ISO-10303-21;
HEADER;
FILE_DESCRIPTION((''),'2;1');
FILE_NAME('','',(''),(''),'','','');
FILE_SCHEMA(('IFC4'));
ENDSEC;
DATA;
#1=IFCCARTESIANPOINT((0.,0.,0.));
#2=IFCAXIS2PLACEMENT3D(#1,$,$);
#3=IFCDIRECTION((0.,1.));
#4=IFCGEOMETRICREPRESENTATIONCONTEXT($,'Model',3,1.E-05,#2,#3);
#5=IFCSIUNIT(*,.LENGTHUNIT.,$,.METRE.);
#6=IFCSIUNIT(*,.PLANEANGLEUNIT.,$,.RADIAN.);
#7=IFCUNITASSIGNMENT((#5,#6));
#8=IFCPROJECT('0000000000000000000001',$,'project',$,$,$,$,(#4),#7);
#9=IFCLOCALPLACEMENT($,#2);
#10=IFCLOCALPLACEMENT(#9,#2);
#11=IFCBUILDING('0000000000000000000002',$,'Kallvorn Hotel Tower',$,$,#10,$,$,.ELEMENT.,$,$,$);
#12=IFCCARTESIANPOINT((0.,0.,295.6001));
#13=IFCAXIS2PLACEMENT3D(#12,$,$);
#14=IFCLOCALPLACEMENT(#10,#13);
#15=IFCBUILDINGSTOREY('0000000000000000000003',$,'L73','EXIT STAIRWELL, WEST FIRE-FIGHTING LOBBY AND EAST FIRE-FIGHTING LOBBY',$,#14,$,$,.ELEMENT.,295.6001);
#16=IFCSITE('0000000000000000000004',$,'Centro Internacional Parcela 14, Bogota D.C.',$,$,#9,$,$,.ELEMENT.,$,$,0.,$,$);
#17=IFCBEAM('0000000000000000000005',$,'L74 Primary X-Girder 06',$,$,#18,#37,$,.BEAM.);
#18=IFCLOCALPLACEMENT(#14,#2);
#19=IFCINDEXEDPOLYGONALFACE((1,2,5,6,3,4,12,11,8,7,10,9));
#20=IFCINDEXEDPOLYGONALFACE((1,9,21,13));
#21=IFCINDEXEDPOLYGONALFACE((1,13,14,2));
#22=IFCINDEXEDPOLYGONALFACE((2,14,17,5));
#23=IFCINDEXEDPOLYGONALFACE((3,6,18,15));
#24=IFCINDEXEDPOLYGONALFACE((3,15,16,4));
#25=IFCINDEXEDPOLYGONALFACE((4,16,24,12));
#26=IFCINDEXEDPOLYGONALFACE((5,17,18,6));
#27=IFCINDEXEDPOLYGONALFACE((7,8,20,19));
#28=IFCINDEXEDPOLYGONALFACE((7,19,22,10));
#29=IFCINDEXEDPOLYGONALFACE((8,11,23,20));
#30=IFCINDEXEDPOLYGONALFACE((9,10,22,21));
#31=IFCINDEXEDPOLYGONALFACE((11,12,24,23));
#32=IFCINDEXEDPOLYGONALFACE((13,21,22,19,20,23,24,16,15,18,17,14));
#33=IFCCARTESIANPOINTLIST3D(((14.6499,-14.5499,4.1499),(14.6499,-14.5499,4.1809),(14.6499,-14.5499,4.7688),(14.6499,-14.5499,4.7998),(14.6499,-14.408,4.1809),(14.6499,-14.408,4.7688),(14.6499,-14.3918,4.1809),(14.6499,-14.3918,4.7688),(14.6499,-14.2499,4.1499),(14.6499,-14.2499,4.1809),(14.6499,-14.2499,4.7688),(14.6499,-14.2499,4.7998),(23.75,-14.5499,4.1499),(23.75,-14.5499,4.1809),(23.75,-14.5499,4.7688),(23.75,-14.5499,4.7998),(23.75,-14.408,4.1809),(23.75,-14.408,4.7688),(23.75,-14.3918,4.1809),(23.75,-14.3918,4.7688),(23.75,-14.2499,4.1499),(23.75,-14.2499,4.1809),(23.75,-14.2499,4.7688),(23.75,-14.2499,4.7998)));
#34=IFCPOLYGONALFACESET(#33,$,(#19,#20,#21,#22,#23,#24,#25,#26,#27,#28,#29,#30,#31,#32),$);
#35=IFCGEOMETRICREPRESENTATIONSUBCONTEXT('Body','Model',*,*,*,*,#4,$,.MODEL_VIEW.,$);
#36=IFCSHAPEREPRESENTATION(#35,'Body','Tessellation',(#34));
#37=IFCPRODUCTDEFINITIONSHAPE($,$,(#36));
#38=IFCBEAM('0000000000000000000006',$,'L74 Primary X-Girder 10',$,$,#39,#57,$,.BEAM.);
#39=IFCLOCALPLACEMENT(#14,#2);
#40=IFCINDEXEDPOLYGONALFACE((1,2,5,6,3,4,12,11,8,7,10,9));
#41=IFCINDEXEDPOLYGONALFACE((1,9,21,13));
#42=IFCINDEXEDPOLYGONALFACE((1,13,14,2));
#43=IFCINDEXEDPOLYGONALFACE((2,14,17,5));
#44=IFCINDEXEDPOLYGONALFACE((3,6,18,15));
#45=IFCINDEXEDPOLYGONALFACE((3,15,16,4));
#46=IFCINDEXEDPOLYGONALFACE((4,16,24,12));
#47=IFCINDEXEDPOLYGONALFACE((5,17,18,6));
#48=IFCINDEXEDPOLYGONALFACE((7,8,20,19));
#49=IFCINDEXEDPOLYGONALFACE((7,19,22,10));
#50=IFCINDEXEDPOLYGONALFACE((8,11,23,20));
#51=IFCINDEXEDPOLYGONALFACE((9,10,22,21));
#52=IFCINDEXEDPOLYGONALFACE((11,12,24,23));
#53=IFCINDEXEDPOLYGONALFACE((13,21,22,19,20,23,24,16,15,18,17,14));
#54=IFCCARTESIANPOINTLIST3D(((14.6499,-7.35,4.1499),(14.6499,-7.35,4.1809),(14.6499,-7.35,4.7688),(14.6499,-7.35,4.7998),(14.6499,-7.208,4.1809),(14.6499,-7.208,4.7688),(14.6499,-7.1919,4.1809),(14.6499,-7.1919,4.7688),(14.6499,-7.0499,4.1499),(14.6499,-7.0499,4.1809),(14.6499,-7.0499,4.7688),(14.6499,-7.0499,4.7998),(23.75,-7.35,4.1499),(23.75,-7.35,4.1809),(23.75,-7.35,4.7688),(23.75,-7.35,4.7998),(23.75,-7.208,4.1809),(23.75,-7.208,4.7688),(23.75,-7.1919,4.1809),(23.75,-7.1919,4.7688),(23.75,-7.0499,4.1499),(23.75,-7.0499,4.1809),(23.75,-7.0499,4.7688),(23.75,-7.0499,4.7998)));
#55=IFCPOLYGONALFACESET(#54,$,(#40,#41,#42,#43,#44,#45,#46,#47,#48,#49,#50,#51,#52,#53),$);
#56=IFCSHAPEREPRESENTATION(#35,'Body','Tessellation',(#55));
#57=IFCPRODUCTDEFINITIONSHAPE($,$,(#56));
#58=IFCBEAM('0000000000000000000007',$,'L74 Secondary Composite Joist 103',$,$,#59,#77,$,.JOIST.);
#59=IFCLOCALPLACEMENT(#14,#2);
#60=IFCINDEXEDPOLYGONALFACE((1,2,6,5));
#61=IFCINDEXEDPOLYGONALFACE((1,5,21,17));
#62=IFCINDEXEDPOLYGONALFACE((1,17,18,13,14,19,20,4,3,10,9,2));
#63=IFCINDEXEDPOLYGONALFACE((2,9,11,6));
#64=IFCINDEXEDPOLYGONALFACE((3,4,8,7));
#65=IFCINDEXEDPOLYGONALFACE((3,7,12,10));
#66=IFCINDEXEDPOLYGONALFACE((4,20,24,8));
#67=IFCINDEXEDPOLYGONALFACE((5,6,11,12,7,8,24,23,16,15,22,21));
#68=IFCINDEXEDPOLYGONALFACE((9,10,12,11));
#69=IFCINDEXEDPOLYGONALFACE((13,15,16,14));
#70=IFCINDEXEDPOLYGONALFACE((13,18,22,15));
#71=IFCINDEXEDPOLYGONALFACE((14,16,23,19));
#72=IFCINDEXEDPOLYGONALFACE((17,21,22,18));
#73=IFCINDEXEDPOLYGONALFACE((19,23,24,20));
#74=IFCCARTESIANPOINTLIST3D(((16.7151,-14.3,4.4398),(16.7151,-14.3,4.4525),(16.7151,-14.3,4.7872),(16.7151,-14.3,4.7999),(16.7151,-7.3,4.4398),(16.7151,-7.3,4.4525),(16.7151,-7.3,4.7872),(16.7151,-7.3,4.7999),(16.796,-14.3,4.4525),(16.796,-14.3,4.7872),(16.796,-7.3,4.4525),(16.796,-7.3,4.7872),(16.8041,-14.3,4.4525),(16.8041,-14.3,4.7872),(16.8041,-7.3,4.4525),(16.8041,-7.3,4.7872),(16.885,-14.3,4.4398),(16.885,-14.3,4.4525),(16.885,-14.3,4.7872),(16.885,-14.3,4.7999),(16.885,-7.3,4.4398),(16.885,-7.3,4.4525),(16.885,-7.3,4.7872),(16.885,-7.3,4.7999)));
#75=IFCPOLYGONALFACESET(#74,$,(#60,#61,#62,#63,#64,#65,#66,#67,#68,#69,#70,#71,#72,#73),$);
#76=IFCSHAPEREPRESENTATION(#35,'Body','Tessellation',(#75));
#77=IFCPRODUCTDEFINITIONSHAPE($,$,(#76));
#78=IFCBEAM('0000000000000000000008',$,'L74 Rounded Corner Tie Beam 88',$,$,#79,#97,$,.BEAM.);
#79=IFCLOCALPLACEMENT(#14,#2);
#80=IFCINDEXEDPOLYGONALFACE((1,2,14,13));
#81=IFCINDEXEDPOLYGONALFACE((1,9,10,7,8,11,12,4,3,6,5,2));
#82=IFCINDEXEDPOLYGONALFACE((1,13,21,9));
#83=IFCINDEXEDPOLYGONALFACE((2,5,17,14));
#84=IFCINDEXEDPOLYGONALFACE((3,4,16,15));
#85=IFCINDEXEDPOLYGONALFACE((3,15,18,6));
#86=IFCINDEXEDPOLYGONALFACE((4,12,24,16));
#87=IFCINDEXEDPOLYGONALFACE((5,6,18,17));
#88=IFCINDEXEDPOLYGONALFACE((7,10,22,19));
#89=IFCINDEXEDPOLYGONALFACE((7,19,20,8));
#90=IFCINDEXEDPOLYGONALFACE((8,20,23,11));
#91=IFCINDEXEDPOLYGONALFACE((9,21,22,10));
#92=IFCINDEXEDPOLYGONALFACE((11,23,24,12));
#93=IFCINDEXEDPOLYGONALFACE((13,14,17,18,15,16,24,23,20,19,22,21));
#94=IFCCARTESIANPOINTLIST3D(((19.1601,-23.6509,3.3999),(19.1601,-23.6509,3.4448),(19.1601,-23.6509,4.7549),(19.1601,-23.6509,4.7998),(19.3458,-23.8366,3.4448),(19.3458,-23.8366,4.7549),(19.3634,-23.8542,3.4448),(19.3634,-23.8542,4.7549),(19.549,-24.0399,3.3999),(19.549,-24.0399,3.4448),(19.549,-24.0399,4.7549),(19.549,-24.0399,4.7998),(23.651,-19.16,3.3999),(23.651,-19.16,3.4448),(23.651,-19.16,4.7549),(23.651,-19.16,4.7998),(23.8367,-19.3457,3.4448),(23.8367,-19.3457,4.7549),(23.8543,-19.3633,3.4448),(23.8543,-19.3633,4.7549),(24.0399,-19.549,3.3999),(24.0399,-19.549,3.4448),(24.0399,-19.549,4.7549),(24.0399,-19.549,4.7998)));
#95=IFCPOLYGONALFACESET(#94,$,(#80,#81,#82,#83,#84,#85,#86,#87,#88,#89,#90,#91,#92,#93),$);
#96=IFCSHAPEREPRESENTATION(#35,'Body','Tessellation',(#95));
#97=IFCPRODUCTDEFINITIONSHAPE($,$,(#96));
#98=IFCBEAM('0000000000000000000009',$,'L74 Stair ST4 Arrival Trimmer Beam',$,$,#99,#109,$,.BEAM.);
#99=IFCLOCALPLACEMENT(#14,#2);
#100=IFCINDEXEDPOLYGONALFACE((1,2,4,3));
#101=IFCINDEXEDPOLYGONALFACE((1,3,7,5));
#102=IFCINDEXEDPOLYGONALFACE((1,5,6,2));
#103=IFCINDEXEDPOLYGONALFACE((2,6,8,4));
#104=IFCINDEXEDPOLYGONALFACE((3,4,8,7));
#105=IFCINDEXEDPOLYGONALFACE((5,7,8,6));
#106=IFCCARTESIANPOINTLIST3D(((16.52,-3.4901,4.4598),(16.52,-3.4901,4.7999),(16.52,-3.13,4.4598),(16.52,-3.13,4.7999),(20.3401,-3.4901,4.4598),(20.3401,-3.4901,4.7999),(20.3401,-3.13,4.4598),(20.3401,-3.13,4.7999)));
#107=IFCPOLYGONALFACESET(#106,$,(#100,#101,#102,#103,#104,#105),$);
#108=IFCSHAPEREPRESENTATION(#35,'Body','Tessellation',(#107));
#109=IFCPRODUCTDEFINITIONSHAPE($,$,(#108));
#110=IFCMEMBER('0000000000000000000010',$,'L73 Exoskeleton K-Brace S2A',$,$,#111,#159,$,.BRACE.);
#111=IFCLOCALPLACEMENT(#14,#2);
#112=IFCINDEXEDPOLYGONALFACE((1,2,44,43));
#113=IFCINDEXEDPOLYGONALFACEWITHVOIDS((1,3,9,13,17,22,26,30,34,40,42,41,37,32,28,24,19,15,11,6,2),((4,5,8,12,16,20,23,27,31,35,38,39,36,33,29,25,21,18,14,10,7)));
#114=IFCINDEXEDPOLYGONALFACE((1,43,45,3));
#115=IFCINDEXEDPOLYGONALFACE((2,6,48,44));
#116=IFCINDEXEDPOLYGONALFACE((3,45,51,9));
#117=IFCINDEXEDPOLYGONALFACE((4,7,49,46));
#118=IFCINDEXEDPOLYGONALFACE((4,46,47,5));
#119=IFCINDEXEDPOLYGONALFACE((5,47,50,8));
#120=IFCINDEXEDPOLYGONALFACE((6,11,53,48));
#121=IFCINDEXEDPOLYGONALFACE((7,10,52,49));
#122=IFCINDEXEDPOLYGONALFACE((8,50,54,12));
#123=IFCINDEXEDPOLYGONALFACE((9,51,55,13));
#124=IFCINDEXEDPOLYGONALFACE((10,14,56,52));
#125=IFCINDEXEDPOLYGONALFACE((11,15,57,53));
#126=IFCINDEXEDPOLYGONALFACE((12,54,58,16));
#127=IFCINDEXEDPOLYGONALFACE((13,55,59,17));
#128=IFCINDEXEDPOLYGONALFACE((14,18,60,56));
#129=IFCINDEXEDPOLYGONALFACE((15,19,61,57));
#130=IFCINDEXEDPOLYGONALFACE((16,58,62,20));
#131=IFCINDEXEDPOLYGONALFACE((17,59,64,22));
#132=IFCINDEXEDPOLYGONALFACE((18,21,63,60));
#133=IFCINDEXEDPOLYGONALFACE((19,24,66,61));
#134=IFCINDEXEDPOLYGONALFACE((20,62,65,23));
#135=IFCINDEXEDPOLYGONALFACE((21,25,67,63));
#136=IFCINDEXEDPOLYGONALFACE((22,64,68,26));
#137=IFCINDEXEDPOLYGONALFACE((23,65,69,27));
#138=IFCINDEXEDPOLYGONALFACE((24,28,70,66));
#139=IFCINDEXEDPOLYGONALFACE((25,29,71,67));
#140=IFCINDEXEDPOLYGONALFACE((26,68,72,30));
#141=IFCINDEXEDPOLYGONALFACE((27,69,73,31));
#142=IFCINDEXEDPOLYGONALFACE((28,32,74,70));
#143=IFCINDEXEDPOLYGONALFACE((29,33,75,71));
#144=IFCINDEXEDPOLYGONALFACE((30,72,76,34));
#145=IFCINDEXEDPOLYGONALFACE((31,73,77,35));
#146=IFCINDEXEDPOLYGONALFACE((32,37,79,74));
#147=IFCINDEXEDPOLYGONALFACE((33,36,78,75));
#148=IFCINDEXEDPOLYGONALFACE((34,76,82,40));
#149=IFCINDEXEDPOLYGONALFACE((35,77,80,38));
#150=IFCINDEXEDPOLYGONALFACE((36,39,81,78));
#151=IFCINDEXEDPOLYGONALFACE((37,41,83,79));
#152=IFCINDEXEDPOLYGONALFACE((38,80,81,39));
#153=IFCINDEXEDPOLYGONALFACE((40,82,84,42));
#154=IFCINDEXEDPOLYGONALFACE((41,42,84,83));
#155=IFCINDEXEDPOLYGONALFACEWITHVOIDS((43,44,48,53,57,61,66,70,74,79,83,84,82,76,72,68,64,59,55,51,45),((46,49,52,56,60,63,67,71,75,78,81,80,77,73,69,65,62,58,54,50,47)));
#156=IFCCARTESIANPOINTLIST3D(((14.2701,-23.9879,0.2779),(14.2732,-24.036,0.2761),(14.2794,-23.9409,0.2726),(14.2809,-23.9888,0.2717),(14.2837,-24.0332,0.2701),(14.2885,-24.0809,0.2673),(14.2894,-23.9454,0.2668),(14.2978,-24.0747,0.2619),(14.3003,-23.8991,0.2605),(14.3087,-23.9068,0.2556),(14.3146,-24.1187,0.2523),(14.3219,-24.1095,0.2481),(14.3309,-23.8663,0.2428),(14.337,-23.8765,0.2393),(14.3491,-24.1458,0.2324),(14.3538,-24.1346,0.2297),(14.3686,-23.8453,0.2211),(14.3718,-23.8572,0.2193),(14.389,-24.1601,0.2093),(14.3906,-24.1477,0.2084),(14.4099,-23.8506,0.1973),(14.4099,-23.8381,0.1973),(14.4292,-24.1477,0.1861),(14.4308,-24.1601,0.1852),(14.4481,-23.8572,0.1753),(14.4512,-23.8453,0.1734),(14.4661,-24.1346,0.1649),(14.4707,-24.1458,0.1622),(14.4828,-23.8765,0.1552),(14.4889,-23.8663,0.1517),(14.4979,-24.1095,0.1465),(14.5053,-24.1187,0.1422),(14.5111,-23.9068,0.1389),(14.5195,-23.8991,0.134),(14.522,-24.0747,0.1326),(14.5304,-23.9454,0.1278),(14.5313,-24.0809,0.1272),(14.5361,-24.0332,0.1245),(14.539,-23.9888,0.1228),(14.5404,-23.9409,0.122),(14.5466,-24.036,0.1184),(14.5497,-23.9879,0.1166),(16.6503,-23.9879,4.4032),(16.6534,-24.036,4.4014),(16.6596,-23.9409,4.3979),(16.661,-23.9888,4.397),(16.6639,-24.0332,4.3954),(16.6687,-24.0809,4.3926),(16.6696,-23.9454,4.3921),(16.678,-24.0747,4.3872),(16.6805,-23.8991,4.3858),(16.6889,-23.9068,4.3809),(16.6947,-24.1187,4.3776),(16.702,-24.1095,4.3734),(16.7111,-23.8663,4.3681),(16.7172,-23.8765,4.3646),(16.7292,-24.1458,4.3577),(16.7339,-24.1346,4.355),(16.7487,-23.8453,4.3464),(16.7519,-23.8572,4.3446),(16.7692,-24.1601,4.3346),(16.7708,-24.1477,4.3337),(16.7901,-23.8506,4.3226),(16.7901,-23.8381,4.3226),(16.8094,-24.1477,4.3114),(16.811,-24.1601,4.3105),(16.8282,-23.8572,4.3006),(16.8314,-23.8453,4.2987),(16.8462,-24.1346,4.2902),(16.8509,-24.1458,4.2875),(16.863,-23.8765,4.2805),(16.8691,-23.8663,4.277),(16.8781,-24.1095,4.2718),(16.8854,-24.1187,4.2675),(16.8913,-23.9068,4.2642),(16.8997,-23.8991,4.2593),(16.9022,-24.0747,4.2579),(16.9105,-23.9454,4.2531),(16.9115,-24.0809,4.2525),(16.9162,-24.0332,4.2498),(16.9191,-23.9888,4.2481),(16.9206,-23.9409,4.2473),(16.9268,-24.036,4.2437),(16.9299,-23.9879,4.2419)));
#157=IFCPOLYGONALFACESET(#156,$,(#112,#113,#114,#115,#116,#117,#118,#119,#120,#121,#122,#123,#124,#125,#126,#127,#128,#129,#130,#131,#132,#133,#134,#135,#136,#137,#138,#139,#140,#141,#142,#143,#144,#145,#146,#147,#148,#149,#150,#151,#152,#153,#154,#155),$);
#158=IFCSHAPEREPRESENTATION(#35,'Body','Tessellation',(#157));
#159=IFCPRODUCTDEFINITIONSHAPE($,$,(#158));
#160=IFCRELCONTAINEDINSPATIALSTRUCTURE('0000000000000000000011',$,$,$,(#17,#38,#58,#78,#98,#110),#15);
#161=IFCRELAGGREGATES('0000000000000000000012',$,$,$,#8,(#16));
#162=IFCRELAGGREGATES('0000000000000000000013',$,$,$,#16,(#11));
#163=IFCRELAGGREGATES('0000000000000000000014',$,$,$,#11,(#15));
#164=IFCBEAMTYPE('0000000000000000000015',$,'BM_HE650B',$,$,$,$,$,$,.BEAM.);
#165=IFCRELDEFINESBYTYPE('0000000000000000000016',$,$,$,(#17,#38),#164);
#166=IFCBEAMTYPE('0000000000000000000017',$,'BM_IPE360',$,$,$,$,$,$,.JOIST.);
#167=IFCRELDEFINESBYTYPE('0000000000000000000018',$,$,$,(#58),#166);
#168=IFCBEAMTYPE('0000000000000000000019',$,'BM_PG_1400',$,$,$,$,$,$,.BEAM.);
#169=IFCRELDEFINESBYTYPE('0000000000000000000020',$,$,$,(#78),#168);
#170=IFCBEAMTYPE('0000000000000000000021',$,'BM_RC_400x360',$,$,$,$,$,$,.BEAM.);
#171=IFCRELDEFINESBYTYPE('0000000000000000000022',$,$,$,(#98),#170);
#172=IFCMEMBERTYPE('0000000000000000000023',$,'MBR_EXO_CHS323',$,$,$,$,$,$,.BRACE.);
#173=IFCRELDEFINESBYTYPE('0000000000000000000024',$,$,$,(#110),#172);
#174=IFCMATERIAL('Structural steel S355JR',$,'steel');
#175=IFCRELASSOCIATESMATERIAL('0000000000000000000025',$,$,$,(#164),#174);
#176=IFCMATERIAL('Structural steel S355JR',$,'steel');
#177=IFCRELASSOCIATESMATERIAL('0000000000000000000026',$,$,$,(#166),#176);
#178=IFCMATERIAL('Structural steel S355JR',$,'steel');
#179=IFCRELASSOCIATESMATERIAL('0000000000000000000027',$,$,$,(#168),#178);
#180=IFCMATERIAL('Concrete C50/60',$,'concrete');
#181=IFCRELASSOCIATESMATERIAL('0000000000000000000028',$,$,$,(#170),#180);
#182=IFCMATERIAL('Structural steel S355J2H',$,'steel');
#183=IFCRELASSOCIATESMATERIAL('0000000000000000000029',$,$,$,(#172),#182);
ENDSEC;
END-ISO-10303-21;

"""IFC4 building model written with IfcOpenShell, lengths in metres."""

from ifc_helpers import new_model, si_unit, direction, frame, origin, origin_2d, place, context, subcontext, project, spatial, rectangle, hollow_circle, i_section, extrude, material, material_profile, profile_set, type_object, element, save


model = new_model("IFC4")

# Units and contexts
model_context = context("Model", 3, precision=1e-05, world=origin(), true_north=direction((0.0, 1.0)))
body_context = subcontext(model_context, "Body", "Model", "MODEL_VIEW")
ifc_project = project(units=[si_unit("LENGTHUNIT", "METRE"), si_unit("PLANEANGLEUNIT", "RADIAN")], contexts=[model_context])

# Site, building, storey
site_placement = place(None, origin())
site = spatial("IfcSite", under=ifc_project, at=site_placement, Name="Centro Internacional Parcela 14, Bogota D.C.", CompositionType="ELEMENT", RefElevation=0.0)
building_placement = place(site_placement, origin())
building = spatial("IfcBuilding", under=site, at=building_placement, Name="Kallvorn Hotel Tower", CompositionType="ELEMENT")
storey_placement = place(building_placement, frame((0.0, 0.0, 295.6001)))
storey = spatial("IfcBuildingStorey", under=building, at=storey_placement, Name="L73", Description="EXIT STAIRWELL, WEST FIRE-FIGHTING LOBBY AND EAST FIRE-FIGHTING LOBBY", CompositionType="ELEMENT", Elevation=295.6001)

# Beams
ifc_material_1 = material(Name="Structural steel S355JR", Category="steel")
ifc_material_profile_1 = material_profile(ifc_material_1, i_section(OverallWidth=0.3, OverallDepth=0.6499, WebThickness=0.0161, FlangeThickness=0.031, at=origin_2d()), Name="HE 650 B")
ifc_profile_set_1 = profile_set([ifc_material_profile_1], Name="Structural steel S355JR")
beam_type_1 = type_object("IfcBeamType", Name="BM_HE650B", PredefinedType="BEAM", material=ifc_profile_set_1)
for number, where, z_axis, x_axis, name in (
    (1, (14.6499, -14.3999, 4.4749), (1.0, 0.0, 0.0), (0.0, 1.0, 0.0), "L74 Primary X-Girder 06"),
    (2, (14.6499, -7.2, 4.4749), (1.0, 0.0, 0.0), (0.0, 1.0, 0.0), "L74 Primary X-Girder 10"),
):
    element("IfcBeam", number, at=place(storey_placement, frame(where, z_axis=z_axis, x_axis=x_axis)), inside=storey, type_object=beam_type_1, Name=name, PredefinedType="BEAM", context=body_context, shape_type="SweptSolid", body=[
        extrude(i_section(OverallWidth=0.3, OverallDepth=0.6499, WebThickness=0.0161, FlangeThickness=0.031, at=origin_2d()), origin(), (0.0, 0.0, 1.0), 9.1001),
    ])
ifc_material_2 = material(Name="Structural steel S355JR", Category="steel")
ifc_material_profile_2 = material_profile(ifc_material_2, i_section(OverallWidth=0.1699, OverallDepth=0.3601, WebThickness=0.0081, FlangeThickness=0.0127, at=origin_2d()), Name="IPE 360")
ifc_profile_set_2 = profile_set([ifc_material_profile_2], Name="Structural steel S355JR")
beam_type_2 = type_object("IfcBeamType", Name="BM_IPE360", PredefinedType="JOIST", material=ifc_profile_set_2)
beam_1_placement = place(storey_placement, frame((16.8, -14.3, 4.6199), z_axis=(0.0, 1.0, 0.0), x_axis=(-1.0, 0.0, 0.0)))
element("IfcBeam", 3, at=beam_1_placement, inside=storey, type_object=beam_type_2, Name="L74 Secondary Composite Joist 103", PredefinedType="JOIST", context=body_context, shape_type="SweptSolid", body=[
    extrude(i_section(OverallWidth=0.1699, OverallDepth=0.3601, WebThickness=0.0081, FlangeThickness=0.0127, at=origin_2d()), origin(), (0.0, 0.0, 1.0), 7.0),
])
ifc_material_3 = material(Name="Structural steel S355JR", Category="steel")
ifc_material_profile_3 = material_profile(ifc_material_3, i_section(OverallWidth=0.55, OverallDepth=1.3999, WebThickness=0.0249, FlangeThickness=0.0449, at=origin_2d()), Name="PG 1400x550x25x45")
ifc_profile_set_3 = profile_set([ifc_material_profile_3], Name="Structural steel S355JR")
beam_type_3 = type_object("IfcBeamType", Name="BM_PG_1400", PredefinedType="BEAM", material=ifc_profile_set_3)
beam_2_placement = place(storey_placement, frame((23.8455, -19.3545, 4.0999), z_axis=(-0.707107, -0.707107, 0.0), x_axis=(0.707107, -0.707107, 0.0)))
element("IfcBeam", 4, at=beam_2_placement, inside=storey, type_object=beam_type_3, Name="L74 Rounded Corner Tie Beam 88", PredefinedType="BEAM", context=body_context, shape_type="SweptSolid", body=[
    extrude(i_section(OverallWidth=0.55, OverallDepth=1.3999, WebThickness=0.0249, FlangeThickness=0.0449, at=origin_2d()), origin(), (0.0, 0.0, 1.0), 6.3511),
])
ifc_material_4 = material(Name="Concrete C50/60", Category="concrete")
ifc_material_profile_4 = material_profile(ifc_material_4, rectangle(XDim=0.3601, YDim=0.3401, at=origin_2d()), Name="RC 360x340")
ifc_profile_set_4 = profile_set([ifc_material_profile_4], Name="Concrete C50/60")
beam_type_4 = type_object("IfcBeamType", Name="BM_RC_400x360", PredefinedType="BEAM", material=ifc_profile_set_4)
beam_3_placement = place(storey_placement, frame((20.3401, -3.3101, 4.6299), z_axis=(-1.0, 0.0, 0.0), x_axis=(0.0, -1.0, 0.0)))
element("IfcBeam", 5, at=beam_3_placement, inside=storey, type_object=beam_type_4, Name="L74 Stair ST4 Arrival Trimmer Beam", PredefinedType="BEAM", context=body_context, shape_type="SweptSolid", body=[
    extrude(rectangle(XDim=0.3601, YDim=0.3401, at=origin_2d()), origin(), (0.0, 0.0, 1.0), 3.8201),
])

# Member
ifc_material_5 = material(Name="Structural steel S355J2H", Category="steel")
ifc_material_profile_5 = material_profile(ifc_material_5, hollow_circle(Radius=0.1619, WallThickness=0.0125, at=origin_2d()), Name="CHS 323.9x12.5")
ifc_profile_set_5 = profile_set([ifc_material_profile_5], Name="Structural steel S355J2H")
member_type = type_object("IfcMemberType", Name="MBR_EXO_CHS323", PredefinedType="BRACE", material=ifc_profile_set_5)
member_1_placement = place(storey_placement, frame((14.4099, -24.0, 0.1973), z_axis=(0.499751, 0.0, 0.866169), x_axis=(0.0, 1.0, 0.0)))
element("IfcMember", 6, at=member_1_placement, inside=storey, type_object=member_type, Name="L73 Exoskeleton K-Brace S2A", PredefinedType="BRACE", context=body_context, shape_type="SweptSolid", body=[
    extrude(hollow_circle(Radius=0.1619, WallThickness=0.0125, at=origin_2d()), origin(), (0.0, 0.0, 1.0), 4.7627),
])

save(model, "model.ifc")
